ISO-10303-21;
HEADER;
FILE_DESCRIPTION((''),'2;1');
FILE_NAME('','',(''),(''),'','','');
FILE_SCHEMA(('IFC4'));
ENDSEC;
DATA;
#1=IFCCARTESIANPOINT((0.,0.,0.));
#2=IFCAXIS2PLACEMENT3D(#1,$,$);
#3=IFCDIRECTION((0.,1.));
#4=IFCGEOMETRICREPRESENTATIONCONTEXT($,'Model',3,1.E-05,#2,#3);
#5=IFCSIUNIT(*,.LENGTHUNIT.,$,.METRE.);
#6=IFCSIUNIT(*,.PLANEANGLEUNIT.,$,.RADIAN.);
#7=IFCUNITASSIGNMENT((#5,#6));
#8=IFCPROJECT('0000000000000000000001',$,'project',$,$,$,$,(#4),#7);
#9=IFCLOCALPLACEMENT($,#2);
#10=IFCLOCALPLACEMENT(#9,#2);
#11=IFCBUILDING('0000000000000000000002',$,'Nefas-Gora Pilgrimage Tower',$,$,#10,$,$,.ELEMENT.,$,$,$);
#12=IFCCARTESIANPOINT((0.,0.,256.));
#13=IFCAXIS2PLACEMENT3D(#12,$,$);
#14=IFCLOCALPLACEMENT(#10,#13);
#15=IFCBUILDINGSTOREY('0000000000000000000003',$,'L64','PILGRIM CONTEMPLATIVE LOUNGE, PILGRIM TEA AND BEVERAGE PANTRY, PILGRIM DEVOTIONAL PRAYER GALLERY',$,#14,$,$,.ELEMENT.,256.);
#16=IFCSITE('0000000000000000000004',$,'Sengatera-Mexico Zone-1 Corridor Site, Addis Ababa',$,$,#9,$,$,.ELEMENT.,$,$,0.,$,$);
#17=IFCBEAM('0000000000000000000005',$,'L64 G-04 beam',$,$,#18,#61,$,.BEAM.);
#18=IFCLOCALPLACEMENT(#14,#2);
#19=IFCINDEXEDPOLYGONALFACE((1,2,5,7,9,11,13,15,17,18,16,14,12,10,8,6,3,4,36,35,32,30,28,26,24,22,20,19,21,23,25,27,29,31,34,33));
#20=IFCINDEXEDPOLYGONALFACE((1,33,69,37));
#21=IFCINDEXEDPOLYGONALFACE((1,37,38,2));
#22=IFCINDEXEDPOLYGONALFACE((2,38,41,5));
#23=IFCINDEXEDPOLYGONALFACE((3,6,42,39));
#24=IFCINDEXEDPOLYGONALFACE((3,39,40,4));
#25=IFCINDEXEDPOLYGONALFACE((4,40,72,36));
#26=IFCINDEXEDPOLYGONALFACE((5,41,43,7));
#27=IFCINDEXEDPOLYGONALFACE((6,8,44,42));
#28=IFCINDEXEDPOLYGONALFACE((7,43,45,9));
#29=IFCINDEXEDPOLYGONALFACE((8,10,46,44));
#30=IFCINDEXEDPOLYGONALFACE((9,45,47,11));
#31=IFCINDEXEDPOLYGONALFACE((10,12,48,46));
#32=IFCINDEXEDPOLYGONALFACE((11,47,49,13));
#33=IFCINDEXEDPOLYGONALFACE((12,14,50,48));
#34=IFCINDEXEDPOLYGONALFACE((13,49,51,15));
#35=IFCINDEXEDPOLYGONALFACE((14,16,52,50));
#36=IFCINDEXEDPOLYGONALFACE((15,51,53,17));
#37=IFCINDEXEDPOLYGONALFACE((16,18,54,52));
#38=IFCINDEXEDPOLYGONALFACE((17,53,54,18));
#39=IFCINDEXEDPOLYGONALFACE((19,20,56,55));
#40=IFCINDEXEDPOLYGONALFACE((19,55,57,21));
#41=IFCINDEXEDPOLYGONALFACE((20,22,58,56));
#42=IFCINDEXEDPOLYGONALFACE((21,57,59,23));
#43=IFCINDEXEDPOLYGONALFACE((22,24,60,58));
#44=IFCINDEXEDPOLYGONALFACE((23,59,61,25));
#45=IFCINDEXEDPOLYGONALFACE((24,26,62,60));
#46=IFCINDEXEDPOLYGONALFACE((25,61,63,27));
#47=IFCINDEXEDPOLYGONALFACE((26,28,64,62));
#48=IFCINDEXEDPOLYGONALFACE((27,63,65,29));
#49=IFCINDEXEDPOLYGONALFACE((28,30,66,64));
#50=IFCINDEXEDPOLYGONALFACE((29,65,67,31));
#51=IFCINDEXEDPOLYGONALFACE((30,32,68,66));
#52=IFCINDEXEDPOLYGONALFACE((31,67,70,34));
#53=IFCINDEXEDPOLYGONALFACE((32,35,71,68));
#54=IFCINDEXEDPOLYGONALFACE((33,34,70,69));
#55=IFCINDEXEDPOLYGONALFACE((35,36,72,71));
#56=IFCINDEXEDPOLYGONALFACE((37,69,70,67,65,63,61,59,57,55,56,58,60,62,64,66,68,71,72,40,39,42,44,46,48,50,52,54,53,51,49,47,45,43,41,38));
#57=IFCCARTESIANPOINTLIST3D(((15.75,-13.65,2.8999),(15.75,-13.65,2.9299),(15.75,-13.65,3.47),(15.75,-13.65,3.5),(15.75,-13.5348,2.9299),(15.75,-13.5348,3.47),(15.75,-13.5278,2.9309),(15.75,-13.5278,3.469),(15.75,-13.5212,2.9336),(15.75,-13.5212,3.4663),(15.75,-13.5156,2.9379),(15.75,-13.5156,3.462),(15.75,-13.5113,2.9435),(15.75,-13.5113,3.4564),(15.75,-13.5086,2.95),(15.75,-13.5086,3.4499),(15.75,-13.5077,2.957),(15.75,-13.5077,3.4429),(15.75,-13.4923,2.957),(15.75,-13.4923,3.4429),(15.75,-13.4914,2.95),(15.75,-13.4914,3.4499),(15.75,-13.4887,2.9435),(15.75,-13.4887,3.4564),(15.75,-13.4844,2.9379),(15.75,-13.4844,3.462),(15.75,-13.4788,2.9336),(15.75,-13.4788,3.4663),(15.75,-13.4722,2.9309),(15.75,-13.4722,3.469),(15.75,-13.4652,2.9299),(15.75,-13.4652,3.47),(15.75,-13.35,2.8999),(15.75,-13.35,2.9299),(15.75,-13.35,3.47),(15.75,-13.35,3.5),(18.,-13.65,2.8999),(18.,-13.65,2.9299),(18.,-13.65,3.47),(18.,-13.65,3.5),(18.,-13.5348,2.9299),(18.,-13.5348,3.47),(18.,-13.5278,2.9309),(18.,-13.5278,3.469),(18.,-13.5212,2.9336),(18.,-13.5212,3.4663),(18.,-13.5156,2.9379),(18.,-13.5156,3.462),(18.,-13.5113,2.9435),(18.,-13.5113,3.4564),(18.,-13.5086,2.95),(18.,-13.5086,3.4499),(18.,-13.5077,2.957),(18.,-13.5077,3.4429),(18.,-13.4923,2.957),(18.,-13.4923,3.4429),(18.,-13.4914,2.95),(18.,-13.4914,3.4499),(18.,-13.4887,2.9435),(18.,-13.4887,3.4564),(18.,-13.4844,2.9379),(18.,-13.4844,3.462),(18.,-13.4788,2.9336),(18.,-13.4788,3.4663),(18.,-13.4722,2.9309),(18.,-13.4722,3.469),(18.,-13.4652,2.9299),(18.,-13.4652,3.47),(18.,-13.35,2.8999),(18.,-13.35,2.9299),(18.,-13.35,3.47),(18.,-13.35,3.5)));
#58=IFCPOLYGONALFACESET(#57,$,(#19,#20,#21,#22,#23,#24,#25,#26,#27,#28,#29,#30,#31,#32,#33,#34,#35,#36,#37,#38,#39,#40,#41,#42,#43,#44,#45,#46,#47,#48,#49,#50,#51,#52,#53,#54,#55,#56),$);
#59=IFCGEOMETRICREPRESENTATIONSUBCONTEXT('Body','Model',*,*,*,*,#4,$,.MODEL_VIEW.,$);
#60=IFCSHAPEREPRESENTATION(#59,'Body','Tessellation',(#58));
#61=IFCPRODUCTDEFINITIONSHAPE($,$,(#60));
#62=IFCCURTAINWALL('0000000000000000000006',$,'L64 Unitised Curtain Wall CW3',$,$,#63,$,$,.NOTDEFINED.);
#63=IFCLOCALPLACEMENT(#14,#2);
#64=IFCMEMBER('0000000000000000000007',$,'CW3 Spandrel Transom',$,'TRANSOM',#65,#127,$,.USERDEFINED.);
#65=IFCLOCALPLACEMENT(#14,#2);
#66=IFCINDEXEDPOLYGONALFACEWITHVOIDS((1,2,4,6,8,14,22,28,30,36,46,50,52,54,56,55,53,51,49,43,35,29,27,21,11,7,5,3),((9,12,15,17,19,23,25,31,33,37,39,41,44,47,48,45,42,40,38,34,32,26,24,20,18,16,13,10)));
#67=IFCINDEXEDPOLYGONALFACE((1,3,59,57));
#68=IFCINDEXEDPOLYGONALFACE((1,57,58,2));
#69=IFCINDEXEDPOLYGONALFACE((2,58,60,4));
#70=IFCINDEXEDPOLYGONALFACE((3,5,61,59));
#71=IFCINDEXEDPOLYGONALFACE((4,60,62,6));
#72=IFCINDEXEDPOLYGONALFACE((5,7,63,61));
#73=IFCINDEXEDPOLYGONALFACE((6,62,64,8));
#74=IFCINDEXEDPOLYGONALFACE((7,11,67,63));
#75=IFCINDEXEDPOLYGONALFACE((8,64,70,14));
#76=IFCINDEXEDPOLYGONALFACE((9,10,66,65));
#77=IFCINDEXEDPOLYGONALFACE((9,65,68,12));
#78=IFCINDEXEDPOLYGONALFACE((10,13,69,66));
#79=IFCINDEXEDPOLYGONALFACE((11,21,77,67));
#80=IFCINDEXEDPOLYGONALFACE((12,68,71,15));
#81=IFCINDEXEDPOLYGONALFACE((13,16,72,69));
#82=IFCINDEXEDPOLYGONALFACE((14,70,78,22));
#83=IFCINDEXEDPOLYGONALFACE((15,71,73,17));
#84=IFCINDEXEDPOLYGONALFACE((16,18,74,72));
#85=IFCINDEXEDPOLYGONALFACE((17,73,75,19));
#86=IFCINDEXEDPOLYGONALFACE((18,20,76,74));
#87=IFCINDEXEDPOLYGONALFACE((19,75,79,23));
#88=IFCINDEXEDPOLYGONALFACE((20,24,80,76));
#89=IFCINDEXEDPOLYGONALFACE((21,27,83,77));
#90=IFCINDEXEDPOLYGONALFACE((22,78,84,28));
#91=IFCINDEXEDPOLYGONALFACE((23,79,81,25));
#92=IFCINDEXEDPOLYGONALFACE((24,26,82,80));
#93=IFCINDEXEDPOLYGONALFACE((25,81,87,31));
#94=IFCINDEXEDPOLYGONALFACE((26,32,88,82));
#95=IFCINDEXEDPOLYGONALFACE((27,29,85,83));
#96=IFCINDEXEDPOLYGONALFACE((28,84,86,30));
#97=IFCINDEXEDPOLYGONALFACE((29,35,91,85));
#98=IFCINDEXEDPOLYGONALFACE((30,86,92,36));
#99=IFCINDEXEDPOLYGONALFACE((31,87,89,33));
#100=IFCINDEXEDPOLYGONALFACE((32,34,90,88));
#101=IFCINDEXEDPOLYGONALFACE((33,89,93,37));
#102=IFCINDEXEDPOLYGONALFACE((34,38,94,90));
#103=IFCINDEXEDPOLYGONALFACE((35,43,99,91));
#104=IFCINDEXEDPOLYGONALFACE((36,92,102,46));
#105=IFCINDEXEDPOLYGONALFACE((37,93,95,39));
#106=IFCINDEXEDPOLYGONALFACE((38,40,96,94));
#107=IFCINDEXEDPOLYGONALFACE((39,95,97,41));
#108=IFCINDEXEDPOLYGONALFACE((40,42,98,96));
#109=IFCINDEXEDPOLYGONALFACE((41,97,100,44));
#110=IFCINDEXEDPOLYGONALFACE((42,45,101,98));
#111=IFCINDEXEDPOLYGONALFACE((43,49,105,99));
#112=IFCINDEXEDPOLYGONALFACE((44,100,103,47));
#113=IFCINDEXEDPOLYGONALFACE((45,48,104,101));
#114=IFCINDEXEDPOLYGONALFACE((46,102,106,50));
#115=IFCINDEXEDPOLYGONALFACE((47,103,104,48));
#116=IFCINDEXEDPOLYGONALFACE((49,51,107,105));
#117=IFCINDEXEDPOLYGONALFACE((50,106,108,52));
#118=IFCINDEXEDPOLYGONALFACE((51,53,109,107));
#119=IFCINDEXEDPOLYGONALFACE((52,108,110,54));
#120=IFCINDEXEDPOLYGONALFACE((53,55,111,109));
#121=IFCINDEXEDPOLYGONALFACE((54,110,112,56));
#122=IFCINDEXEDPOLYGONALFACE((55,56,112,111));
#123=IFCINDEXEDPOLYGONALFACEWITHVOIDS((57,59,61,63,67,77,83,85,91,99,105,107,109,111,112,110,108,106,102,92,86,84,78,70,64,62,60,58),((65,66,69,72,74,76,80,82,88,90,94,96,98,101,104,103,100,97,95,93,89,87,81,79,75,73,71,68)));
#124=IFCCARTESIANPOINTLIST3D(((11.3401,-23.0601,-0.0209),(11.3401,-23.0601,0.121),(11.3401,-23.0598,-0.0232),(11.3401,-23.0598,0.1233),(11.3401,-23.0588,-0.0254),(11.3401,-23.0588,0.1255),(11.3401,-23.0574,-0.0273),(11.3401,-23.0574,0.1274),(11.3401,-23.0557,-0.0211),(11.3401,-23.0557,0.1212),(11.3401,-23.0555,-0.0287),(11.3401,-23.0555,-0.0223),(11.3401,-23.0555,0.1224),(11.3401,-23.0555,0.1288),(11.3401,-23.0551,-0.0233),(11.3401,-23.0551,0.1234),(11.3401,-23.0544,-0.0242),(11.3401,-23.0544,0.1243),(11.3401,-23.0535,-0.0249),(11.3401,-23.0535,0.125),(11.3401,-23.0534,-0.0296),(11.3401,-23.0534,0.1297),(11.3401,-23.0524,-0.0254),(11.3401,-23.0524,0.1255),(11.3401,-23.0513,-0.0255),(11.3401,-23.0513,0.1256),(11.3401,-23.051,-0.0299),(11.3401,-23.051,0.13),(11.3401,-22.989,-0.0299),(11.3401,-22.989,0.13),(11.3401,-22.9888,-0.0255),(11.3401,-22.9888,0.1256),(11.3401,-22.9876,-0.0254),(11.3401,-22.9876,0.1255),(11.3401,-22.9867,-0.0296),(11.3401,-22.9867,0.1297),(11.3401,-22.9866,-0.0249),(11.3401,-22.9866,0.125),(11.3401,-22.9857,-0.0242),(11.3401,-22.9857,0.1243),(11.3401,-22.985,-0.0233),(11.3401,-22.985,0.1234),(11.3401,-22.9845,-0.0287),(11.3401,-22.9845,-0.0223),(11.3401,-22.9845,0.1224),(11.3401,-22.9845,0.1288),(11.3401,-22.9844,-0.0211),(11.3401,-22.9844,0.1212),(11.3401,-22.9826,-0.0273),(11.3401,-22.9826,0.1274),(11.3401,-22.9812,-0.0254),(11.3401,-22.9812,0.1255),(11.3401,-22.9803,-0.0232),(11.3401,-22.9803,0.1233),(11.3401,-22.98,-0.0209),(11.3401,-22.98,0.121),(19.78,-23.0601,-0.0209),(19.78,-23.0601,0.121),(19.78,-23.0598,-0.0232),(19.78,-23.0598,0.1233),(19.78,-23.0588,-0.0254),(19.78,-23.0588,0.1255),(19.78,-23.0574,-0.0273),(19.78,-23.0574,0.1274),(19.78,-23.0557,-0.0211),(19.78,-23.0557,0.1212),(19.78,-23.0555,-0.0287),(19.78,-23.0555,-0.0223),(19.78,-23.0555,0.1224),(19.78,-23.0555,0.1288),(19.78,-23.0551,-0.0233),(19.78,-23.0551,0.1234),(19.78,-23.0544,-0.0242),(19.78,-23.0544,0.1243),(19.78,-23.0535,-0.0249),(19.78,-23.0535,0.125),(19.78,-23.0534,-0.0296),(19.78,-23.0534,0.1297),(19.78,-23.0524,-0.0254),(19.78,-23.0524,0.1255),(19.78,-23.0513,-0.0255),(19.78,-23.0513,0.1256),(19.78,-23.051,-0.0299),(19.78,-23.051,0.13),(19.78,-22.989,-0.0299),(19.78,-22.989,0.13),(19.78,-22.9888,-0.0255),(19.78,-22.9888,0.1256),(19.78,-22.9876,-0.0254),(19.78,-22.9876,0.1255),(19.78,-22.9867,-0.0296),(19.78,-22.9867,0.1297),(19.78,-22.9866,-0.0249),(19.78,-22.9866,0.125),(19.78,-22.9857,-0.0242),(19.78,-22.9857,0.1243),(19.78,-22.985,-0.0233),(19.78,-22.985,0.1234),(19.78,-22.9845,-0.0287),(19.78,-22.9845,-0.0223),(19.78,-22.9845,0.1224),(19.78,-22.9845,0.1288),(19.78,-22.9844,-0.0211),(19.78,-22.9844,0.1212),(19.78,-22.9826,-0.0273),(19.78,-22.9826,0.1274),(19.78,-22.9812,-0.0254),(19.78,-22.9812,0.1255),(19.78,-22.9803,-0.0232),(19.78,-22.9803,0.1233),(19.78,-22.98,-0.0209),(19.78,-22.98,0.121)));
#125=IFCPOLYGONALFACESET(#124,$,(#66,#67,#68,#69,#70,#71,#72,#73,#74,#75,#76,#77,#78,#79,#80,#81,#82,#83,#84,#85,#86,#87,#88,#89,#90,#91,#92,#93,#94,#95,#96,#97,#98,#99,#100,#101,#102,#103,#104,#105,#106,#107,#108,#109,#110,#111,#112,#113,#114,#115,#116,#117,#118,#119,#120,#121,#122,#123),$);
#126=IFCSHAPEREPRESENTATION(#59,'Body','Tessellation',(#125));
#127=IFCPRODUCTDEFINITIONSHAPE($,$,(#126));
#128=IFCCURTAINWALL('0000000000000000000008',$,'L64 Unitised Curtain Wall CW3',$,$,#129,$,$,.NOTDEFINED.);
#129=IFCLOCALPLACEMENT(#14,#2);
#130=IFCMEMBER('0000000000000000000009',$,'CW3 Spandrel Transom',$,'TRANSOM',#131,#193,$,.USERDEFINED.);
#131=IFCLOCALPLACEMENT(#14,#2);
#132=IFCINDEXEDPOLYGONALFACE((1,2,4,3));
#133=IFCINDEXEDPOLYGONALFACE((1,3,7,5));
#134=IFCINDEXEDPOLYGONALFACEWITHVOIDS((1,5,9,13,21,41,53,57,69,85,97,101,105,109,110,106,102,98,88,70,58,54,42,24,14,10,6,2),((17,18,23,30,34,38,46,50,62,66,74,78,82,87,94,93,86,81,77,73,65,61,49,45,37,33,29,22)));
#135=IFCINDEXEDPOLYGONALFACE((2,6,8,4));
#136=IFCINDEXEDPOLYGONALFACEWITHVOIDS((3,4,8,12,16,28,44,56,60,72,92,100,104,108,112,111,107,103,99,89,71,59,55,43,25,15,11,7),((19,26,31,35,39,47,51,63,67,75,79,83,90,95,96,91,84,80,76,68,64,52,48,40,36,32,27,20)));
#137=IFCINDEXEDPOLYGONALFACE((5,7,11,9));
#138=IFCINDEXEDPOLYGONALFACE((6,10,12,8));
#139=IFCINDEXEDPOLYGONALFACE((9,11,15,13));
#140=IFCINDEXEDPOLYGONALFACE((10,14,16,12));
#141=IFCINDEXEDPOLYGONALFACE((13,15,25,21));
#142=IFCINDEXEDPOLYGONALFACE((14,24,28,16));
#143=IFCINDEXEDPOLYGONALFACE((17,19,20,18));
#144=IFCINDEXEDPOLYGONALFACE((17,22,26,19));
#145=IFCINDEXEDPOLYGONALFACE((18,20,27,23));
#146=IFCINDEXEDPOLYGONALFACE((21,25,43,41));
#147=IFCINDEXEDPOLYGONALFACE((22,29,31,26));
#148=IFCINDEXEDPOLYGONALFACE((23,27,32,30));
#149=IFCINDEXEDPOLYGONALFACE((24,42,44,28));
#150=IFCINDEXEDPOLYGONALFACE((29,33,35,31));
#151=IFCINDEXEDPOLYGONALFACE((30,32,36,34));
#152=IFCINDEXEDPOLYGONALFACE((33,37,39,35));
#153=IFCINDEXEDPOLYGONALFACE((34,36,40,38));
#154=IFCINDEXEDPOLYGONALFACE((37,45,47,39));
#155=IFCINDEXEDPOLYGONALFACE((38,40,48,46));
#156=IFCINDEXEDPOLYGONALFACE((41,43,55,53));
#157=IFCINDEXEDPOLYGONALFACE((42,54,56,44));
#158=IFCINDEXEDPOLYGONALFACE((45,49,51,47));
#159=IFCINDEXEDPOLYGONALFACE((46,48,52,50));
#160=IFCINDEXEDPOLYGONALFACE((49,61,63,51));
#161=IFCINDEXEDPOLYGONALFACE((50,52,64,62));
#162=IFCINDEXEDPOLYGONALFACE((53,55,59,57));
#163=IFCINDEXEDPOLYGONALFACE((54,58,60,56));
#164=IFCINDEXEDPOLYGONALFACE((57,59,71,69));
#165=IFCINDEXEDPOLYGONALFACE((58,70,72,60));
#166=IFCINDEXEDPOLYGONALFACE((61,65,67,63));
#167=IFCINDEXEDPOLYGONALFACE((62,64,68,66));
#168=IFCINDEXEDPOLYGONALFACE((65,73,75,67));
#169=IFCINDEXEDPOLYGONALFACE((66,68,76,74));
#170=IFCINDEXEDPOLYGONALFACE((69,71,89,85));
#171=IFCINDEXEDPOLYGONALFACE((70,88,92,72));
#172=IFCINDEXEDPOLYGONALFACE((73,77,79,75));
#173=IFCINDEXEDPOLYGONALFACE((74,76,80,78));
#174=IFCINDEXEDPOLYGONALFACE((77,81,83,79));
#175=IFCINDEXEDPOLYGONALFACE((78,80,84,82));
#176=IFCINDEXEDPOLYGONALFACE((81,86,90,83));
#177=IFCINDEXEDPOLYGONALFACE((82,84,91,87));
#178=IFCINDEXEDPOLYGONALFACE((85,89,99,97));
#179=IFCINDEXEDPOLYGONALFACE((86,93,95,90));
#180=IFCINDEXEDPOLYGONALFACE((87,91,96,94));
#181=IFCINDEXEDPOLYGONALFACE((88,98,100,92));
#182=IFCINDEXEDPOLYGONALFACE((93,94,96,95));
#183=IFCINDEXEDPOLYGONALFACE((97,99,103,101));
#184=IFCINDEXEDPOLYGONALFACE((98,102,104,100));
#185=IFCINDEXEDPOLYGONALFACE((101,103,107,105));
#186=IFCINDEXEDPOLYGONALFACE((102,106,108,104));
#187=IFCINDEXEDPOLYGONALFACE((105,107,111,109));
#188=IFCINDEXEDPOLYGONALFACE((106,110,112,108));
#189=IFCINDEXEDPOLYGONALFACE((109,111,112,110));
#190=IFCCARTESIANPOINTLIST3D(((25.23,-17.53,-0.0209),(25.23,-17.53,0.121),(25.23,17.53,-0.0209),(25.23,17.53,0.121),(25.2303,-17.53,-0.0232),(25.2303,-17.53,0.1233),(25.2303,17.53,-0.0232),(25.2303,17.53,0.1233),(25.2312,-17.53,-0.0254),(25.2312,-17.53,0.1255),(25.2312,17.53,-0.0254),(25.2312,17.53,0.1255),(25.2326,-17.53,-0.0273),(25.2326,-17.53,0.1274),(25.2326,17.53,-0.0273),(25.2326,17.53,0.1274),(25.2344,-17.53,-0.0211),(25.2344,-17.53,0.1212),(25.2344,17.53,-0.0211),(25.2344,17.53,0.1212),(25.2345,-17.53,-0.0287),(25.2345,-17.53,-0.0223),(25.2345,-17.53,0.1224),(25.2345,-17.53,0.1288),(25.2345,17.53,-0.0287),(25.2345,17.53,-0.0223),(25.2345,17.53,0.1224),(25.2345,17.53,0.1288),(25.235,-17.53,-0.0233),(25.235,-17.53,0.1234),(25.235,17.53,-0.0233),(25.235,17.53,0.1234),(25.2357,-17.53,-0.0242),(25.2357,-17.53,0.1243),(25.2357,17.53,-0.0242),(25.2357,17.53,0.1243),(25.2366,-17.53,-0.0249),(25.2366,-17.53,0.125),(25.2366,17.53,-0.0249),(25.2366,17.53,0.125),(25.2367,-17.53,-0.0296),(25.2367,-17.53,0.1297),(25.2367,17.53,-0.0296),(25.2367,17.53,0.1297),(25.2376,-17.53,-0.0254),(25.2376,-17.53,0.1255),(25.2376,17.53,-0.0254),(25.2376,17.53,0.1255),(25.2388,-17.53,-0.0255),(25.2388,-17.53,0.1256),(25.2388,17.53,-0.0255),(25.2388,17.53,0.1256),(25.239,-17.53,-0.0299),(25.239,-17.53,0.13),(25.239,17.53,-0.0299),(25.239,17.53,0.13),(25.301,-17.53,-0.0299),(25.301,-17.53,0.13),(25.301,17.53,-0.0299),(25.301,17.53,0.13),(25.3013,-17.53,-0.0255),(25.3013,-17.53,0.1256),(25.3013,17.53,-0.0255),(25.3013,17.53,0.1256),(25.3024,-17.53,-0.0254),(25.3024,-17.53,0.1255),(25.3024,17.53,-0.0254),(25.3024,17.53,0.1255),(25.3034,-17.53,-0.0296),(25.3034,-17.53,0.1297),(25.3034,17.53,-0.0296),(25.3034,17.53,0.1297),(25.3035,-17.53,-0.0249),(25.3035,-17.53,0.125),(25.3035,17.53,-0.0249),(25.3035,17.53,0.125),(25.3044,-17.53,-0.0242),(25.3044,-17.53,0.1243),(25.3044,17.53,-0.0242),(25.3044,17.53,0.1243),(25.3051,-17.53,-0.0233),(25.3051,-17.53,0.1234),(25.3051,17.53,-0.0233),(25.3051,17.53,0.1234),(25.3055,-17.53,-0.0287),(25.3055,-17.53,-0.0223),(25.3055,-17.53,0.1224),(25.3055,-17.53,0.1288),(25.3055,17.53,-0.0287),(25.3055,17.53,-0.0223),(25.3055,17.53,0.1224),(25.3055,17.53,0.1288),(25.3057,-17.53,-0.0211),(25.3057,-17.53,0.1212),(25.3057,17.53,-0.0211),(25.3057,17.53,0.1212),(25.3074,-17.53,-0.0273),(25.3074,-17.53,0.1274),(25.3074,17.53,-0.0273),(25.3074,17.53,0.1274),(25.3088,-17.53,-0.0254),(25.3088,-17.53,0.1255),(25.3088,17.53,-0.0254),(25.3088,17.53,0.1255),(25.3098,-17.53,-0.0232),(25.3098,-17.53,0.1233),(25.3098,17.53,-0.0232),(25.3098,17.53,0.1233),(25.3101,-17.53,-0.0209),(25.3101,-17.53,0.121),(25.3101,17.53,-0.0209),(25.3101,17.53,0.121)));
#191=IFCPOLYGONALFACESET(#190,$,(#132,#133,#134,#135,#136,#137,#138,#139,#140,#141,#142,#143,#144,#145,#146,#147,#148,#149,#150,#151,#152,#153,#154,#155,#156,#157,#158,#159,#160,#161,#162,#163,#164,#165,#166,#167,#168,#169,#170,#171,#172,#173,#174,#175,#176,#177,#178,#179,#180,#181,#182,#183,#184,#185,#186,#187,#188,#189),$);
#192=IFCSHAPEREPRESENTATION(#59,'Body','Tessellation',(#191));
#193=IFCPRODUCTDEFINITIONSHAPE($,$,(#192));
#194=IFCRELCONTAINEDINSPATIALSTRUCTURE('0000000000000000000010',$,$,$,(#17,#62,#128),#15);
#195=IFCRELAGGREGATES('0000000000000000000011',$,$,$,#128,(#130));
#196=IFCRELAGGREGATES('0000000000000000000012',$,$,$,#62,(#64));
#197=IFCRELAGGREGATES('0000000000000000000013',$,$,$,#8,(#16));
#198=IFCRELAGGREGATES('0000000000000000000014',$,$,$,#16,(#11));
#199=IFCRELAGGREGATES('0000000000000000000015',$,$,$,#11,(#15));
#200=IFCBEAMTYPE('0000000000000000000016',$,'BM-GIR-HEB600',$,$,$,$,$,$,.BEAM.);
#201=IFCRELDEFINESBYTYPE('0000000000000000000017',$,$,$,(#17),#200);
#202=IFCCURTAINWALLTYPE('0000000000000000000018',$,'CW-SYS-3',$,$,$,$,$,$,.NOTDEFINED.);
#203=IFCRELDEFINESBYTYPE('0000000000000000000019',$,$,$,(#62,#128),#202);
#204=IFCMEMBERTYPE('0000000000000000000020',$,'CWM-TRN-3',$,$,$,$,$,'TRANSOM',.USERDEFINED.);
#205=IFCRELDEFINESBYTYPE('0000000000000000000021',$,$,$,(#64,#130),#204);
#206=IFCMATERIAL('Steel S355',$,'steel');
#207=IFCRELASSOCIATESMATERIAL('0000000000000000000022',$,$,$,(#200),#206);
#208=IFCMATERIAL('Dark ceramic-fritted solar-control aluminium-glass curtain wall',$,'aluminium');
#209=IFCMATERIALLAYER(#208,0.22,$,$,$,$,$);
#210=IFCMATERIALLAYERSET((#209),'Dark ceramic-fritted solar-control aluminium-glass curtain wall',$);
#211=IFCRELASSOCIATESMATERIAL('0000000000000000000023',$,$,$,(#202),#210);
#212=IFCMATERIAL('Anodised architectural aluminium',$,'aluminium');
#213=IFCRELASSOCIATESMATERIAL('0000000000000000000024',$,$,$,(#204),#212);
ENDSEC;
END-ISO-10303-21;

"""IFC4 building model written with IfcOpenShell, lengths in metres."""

from ifc_helpers import new_model, si_unit, direction, frame, origin, origin_2d, place, context, subcontext, project, spatial, hollow_rectangle, i_section, extrude, source, transform, mapped, material, layer, layer_set, material_profile, profile_set, type_object, element, aggregate, save


model = new_model("IFC4")

# Units and contexts
model_context = context("Model", 3, precision=1e-05, world=origin(), true_north=direction((0.0, 1.0)))
body_context = subcontext(model_context, "Body", "Model", "MODEL_VIEW")
ifc_project = project(units=[si_unit("LENGTHUNIT", "METRE"), si_unit("PLANEANGLEUNIT", "RADIAN")], contexts=[model_context])

# Site, building, storey
site_placement = place(None, origin())
site = spatial("IfcSite", under=ifc_project, at=site_placement, Name="Sengatera-Mexico Zone-1 Corridor Site, Addis Ababa", CompositionType="ELEMENT", RefElevation=0.0)
building_placement = place(site_placement, origin())
building = spatial("IfcBuilding", under=site, at=building_placement, Name="Nefas-Gora Pilgrimage Tower", CompositionType="ELEMENT")
storey_placement = place(building_placement, frame((0.0, 0.0, 256.0)))
storey = spatial("IfcBuildingStorey", under=building, at=storey_placement, Name="L64", Description="PILGRIM CONTEMPLATIVE LOUNGE, PILGRIM TEA AND BEVERAGE PANTRY, PILGRIM DEVOTIONAL PRAYER GALLERY", CompositionType="ELEMENT", Elevation=256.0)

# Beam
ifc_material_1 = material(Name="Steel S355", Category="steel")
ifc_material_profile_1 = material_profile(ifc_material_1, i_section(OverallWidth=0.3, OverallDepth=0.6001, WebThickness=0.0154, FlangeThickness=0.03, FilletRadius=0.0271, at=origin_2d()), Name="HEB 600")
ifc_profile_set_1 = profile_set([ifc_material_profile_1], Name="Steel S355")
beam_type_1 = type_object("IfcBeamType", Name="BM-GIR-HEB600", PredefinedType="BEAM", material=ifc_profile_set_1)
shared_shape_1 = source(origin(), body_context, "Body", "SweptSolid", [
    extrude(i_section(OverallWidth=0.3, OverallDepth=0.6001, WebThickness=0.0154, FlangeThickness=0.03, FilletRadius=0.0271, at=origin_2d()), origin(), (0.0, 0.0, 1.0), 2.25),
])
beam_1_placement = place(storey_placement, frame((15.75, -13.5, 3.2), z_axis=(1.0, 0.0, 0.0), x_axis=(0.0, 1.0, 0.0)))
element("IfcBeam", 1, at=beam_1_placement, inside=storey, type_object=beam_type_1, Name="L64 G-04 beam", PredefinedType="BEAM", context=body_context, shape_type="MappedRepresentation", body=[
    mapped(shared_shape_1, transform((0.0, 0.0, 0.0), x_axis=(1.0, 0.0, 0.0), y_axis=(0.0, 1.0, 0.0), z_axis=(0.0, 0.0, 1.0), scale=1.0)),
])

# Curtain walls, members
ifc_material_2 = material(Name="Dark ceramic-fritted solar-control aluminium-glass curtain wall", Category="aluminium")
ifc_layer_1 = layer(ifc_material_2, 0.22)
ifc_layer_set_1 = layer_set([ifc_layer_1], Name="Dark ceramic-fritted solar-control aluminium-glass curtain wall")
curtain_wall_type = type_object("IfcCurtainWallType", Name="CW-SYS-3", PredefinedType="NOTDEFINED", material=ifc_layer_set_1)
curtain_wall_1_placement = place(storey_placement, origin())
curtain_wall_1 = element("IfcCurtainWall", 2, at=curtain_wall_1_placement, inside=storey, type_object=curtain_wall_type, Name="L64 Unitised Curtain Wall CW3", PredefinedType="NOTDEFINED")
ifc_material_3 = material(Name="Anodised architectural aluminium", Category="aluminium")
ifc_material_profile_2 = material_profile(ifc_material_3, hollow_rectangle(XDim=0.0801, YDim=0.1599, WallThickness=0.0044, InnerFilletRadius=0.0044, OuterFilletRadius=0.009, at=origin_2d()), Name="ALU TRANSOM 80x160")
ifc_profile_set_2 = profile_set([ifc_material_profile_2], Name="Anodised architectural aluminium")
member_type_1 = type_object("IfcMemberType", Name="CWM-TRN-3", ElementType="TRANSOM", PredefinedType="USERDEFINED", material=ifc_profile_set_2)
shared_shape_2 = source(origin(), body_context, "Body", "SweptSolid", [
    extrude(hollow_rectangle(XDim=0.0801, YDim=0.1599, WallThickness=0.0044, InnerFilletRadius=0.0044, OuterFilletRadius=0.009, at=origin_2d()), origin(), (0.0, 0.0, 1.0), 8.4399),
])
member_1_placement = place(storey_placement, frame((11.3401, -23.02, 0.05), z_axis=(1.0, 0.0, 0.0), x_axis=(0.0, 1.0, 0.0)))
member_1 = element("IfcMember", 3, at=member_1_placement, type_object=member_type_1, Name="CW3 Spandrel Transom", ObjectType="TRANSOM", PredefinedType="USERDEFINED", context=body_context, shape_type="MappedRepresentation", body=[
    mapped(shared_shape_2, transform((0.0, 0.0, 0.0), x_axis=(1.0, 0.0, 0.0), y_axis=(0.0, 1.0, 0.0), z_axis=(0.0, 0.0, 1.0), scale=1.0)),
])
curtain_wall_2_placement = place(storey_placement, origin())
curtain_wall_2 = element("IfcCurtainWall", 4, at=curtain_wall_2_placement, inside=storey, type_object=curtain_wall_type, Name="L64 Unitised Curtain Wall CW3", PredefinedType="NOTDEFINED")
shared_shape_3 = source(origin(), body_context, "Body", "SweptSolid", [
    extrude(hollow_rectangle(XDim=0.0801, YDim=0.1599, WallThickness=0.0044, InnerFilletRadius=0.0044, OuterFilletRadius=0.009, at=origin_2d()), origin(), (0.0, 0.0, 1.0), 35.0601),
])
member_2_placement = place(storey_placement, frame((25.27, -17.53, 0.05), z_axis=(0.0, 1.0, 0.0), x_axis=(-1.0, 0.0, 0.0)))
member_2 = element("IfcMember", 5, at=member_2_placement, type_object=member_type_1, Name="CW3 Spandrel Transom", ObjectType="TRANSOM", PredefinedType="USERDEFINED", context=body_context, shape_type="MappedRepresentation", body=[
    mapped(shared_shape_3, transform((0.0, 0.0, 0.0), x_axis=(1.0, 0.0, 0.0), y_axis=(0.0, 1.0, 0.0), z_axis=(0.0, 0.0, 1.0), scale=1.0)),
])

aggregate(curtain_wall_2, [member_2])

aggregate(curtain_wall_1, [member_1])

save(model, "model.ifc")
